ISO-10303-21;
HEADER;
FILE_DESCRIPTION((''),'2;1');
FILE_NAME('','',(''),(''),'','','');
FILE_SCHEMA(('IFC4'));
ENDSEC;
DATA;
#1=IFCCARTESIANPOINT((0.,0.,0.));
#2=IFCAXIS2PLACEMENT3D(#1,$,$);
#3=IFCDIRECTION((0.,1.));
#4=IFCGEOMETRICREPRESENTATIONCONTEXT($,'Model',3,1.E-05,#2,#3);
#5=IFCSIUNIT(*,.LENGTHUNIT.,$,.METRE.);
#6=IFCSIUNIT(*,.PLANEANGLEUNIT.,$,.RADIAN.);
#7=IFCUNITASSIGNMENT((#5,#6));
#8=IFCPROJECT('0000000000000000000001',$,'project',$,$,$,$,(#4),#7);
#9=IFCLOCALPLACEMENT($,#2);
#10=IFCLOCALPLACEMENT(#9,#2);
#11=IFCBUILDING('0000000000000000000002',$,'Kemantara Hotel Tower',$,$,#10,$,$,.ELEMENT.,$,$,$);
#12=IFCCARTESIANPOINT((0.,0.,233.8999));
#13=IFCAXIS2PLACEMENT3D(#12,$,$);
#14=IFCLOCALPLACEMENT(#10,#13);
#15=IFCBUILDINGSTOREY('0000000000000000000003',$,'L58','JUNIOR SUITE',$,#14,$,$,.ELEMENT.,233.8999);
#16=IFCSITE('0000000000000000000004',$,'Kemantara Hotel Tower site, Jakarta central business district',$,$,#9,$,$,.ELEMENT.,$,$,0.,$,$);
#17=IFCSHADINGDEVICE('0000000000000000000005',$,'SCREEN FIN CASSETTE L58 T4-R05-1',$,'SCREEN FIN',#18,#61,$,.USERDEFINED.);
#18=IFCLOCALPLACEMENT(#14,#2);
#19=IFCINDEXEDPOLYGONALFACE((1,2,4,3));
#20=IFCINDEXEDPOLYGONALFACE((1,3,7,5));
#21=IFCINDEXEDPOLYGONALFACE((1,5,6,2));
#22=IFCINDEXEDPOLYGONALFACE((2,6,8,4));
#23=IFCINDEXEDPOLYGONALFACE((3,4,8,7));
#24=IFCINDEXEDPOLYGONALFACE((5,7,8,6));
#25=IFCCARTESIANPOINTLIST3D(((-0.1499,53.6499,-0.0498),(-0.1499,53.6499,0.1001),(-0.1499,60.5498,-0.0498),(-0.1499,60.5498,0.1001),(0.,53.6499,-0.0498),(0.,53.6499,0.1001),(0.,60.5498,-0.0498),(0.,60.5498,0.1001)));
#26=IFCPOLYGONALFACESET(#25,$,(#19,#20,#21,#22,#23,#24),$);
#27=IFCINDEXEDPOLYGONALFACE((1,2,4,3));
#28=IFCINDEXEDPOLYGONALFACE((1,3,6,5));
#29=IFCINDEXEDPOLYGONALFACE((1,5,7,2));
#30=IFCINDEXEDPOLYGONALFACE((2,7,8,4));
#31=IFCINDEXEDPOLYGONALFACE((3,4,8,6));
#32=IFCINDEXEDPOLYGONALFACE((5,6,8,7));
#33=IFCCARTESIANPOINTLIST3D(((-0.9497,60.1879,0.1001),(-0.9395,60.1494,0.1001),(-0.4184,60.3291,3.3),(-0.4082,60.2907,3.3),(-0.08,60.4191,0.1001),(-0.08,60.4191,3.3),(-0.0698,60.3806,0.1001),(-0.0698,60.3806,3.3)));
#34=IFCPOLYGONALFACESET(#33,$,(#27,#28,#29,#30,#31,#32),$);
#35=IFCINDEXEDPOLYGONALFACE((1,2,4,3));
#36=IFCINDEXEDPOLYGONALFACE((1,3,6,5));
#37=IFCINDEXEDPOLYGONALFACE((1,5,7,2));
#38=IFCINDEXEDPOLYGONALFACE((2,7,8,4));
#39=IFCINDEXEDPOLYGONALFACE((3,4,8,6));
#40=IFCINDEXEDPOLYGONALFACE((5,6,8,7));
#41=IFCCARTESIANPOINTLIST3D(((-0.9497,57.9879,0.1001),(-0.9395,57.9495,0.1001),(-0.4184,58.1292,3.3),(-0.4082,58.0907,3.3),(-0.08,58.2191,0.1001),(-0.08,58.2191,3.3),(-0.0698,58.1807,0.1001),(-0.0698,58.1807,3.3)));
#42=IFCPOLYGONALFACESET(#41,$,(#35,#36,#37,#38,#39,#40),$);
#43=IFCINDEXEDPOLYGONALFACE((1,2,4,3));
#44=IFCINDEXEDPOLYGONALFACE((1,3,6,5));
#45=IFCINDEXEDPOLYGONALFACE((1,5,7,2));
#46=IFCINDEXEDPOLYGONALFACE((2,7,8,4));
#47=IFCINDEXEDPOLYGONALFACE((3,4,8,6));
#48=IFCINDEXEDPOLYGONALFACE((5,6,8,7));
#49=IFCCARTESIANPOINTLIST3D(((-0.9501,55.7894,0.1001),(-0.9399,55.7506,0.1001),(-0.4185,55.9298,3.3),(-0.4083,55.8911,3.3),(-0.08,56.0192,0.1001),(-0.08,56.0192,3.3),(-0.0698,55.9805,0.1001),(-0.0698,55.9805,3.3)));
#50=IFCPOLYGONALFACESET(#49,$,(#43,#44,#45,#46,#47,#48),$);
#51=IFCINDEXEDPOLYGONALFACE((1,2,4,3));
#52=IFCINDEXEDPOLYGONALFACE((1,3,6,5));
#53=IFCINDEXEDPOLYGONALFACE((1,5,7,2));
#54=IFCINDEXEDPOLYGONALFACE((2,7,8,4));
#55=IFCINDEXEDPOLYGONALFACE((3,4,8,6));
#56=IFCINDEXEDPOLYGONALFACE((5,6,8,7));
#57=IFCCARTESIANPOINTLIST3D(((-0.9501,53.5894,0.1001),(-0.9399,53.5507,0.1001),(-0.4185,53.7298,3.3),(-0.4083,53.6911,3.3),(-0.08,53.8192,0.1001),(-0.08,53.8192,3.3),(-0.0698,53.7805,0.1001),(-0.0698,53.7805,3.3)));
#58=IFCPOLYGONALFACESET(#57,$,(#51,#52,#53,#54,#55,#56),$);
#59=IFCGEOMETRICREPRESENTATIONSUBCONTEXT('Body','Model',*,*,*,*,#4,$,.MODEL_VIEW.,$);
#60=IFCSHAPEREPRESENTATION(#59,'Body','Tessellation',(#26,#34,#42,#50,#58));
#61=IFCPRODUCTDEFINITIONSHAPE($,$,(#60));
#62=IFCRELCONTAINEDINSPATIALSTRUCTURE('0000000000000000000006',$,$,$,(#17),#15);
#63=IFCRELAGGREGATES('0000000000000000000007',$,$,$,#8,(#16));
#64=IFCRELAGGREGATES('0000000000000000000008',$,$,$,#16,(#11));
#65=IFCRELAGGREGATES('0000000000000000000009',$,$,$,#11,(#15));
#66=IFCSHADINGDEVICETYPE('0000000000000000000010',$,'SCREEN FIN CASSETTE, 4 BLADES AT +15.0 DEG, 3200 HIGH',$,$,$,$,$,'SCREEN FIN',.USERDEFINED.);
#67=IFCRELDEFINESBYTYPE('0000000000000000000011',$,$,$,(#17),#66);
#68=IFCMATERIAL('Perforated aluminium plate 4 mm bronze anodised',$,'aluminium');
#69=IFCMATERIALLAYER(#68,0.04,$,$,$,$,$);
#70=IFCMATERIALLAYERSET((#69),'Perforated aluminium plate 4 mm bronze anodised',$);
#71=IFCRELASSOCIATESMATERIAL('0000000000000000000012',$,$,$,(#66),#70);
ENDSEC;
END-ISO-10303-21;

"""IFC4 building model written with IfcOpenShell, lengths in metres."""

from ifc_helpers import new_model, si_unit, direction, frame, origin, origin_2d, place, context, subcontext, project, spatial, polyline, rectangle, outline, extrude, source, transform, mapped, material, layer, layer_set, type_object, element, save


model = new_model("IFC4")

# Units and contexts
model_context = context("Model", 3, precision=1e-05, world=origin(), true_north=direction((0.0, 1.0)))
body_context = subcontext(model_context, "Body", "Model", "MODEL_VIEW")
ifc_project = project(units=[si_unit("LENGTHUNIT", "METRE"), si_unit("PLANEANGLEUNIT", "RADIAN")], contexts=[model_context])

# Site, building, storey
site_placement = place(None, origin())
site = spatial("IfcSite", under=ifc_project, at=site_placement, Name="Kemantara Hotel Tower site, Jakarta central business district", CompositionType="ELEMENT", RefElevation=0.0)
building_placement = place(site_placement, origin())
building = spatial("IfcBuilding", under=site, at=building_placement, Name="Kemantara Hotel Tower", CompositionType="ELEMENT")
storey_placement = place(building_placement, frame((0.0, 0.0, 233.8999)))
storey = spatial("IfcBuildingStorey", under=building, at=storey_placement, Name="L58", Description="JUNIOR SUITE", CompositionType="ELEMENT", Elevation=233.8999)

# Shading device
ifc_material_1 = material(Name="Perforated aluminium plate 4 mm bronze anodised", Category="aluminium")
ifc_layer_1 = layer(ifc_material_1, 0.04)
ifc_layer_set_1 = layer_set([ifc_layer_1], Name="Perforated aluminium plate 4 mm bronze anodised")
shading_device_type_1 = type_object("IfcShadingDeviceType", Name="SCREEN FIN CASSETTE, 4 BLADES AT +15.0 DEG, 3200 HIGH", ElementType="SCREEN FIN", PredefinedType="USERDEFINED", material=ifc_layer_set_1)
shared_shape_1 = source(origin(), body_context, "Body", "SweptSolid", [
    extrude(rectangle(XDim=6.8999, YDim=0.1499, at=origin_2d()), frame((3.3, -0.075, -0.1499), z_axis=(0.0, 0.0, 1.0), x_axis=(1.0, 0.0, 0.0)), (0.0, 0.0, 1.0), 0.1499),
    extrude(outline(polyline([(0.0, 0.0), (0.8999, 0.0), (0.3501, 3.2), (0.0, 3.2), (0.0, 0.0)])), frame((0.0193, -0.0698, 0.0), z_axis=(-0.966438, -0.256901, 0.0), x_axis=(0.256901, -0.966438, 0.0)), (0.0, 0.0, 1.0), 0.0398),
    extrude(outline(polyline([(0.0, 0.0), (0.8999, 0.0), (0.3501, 3.2), (0.0, 3.2), (0.0, 0.0)])), frame((2.2192, -0.0698, 0.0), z_axis=(-0.966438, -0.256901, 0.0), x_axis=(0.256901, -0.966438, 0.0)), (0.0, 0.0, 1.0), 0.0398),
    extrude(outline(polyline([(0.0, 0.0), (0.8999, 0.0), (0.3501, 3.2), (0.0, 3.2), (0.0, 0.0)])), frame((4.4194, -0.0698, 0.0), z_axis=(-0.966838, -0.255391, 0.0), x_axis=(0.255391, -0.966838, 0.0)), (0.0, 0.0, 1.0), 0.04),
    extrude(outline(polyline([(0.0, 0.0), (0.8999, 0.0), (0.3501, 3.2), (0.0, 3.2), (0.0, 0.0)])), frame((6.6194, -0.0698, 0.0), z_axis=(-0.966838, -0.255391, 0.0), x_axis=(0.255391, -0.966838, 0.0)), (0.0, 0.0, 1.0), 0.04),
])
shading_device_1_placement = place(storey_placement, frame((0.0, 60.3999, 0.1001), z_axis=(0.0, 0.0, 1.0), x_axis=(0.0, -1.0, 0.0)))
element("IfcShadingDevice", 1, at=shading_device_1_placement, inside=storey, type_object=shading_device_type_1, Name="SCREEN FIN CASSETTE L58 T4-R05-1", ObjectType="SCREEN FIN", PredefinedType="USERDEFINED", context=body_context, shape_type="MappedRepresentation", body=[
    mapped(shared_shape_1, transform((0.0, 0.0, 0.0))),
])

save(model, "model.ifc")
